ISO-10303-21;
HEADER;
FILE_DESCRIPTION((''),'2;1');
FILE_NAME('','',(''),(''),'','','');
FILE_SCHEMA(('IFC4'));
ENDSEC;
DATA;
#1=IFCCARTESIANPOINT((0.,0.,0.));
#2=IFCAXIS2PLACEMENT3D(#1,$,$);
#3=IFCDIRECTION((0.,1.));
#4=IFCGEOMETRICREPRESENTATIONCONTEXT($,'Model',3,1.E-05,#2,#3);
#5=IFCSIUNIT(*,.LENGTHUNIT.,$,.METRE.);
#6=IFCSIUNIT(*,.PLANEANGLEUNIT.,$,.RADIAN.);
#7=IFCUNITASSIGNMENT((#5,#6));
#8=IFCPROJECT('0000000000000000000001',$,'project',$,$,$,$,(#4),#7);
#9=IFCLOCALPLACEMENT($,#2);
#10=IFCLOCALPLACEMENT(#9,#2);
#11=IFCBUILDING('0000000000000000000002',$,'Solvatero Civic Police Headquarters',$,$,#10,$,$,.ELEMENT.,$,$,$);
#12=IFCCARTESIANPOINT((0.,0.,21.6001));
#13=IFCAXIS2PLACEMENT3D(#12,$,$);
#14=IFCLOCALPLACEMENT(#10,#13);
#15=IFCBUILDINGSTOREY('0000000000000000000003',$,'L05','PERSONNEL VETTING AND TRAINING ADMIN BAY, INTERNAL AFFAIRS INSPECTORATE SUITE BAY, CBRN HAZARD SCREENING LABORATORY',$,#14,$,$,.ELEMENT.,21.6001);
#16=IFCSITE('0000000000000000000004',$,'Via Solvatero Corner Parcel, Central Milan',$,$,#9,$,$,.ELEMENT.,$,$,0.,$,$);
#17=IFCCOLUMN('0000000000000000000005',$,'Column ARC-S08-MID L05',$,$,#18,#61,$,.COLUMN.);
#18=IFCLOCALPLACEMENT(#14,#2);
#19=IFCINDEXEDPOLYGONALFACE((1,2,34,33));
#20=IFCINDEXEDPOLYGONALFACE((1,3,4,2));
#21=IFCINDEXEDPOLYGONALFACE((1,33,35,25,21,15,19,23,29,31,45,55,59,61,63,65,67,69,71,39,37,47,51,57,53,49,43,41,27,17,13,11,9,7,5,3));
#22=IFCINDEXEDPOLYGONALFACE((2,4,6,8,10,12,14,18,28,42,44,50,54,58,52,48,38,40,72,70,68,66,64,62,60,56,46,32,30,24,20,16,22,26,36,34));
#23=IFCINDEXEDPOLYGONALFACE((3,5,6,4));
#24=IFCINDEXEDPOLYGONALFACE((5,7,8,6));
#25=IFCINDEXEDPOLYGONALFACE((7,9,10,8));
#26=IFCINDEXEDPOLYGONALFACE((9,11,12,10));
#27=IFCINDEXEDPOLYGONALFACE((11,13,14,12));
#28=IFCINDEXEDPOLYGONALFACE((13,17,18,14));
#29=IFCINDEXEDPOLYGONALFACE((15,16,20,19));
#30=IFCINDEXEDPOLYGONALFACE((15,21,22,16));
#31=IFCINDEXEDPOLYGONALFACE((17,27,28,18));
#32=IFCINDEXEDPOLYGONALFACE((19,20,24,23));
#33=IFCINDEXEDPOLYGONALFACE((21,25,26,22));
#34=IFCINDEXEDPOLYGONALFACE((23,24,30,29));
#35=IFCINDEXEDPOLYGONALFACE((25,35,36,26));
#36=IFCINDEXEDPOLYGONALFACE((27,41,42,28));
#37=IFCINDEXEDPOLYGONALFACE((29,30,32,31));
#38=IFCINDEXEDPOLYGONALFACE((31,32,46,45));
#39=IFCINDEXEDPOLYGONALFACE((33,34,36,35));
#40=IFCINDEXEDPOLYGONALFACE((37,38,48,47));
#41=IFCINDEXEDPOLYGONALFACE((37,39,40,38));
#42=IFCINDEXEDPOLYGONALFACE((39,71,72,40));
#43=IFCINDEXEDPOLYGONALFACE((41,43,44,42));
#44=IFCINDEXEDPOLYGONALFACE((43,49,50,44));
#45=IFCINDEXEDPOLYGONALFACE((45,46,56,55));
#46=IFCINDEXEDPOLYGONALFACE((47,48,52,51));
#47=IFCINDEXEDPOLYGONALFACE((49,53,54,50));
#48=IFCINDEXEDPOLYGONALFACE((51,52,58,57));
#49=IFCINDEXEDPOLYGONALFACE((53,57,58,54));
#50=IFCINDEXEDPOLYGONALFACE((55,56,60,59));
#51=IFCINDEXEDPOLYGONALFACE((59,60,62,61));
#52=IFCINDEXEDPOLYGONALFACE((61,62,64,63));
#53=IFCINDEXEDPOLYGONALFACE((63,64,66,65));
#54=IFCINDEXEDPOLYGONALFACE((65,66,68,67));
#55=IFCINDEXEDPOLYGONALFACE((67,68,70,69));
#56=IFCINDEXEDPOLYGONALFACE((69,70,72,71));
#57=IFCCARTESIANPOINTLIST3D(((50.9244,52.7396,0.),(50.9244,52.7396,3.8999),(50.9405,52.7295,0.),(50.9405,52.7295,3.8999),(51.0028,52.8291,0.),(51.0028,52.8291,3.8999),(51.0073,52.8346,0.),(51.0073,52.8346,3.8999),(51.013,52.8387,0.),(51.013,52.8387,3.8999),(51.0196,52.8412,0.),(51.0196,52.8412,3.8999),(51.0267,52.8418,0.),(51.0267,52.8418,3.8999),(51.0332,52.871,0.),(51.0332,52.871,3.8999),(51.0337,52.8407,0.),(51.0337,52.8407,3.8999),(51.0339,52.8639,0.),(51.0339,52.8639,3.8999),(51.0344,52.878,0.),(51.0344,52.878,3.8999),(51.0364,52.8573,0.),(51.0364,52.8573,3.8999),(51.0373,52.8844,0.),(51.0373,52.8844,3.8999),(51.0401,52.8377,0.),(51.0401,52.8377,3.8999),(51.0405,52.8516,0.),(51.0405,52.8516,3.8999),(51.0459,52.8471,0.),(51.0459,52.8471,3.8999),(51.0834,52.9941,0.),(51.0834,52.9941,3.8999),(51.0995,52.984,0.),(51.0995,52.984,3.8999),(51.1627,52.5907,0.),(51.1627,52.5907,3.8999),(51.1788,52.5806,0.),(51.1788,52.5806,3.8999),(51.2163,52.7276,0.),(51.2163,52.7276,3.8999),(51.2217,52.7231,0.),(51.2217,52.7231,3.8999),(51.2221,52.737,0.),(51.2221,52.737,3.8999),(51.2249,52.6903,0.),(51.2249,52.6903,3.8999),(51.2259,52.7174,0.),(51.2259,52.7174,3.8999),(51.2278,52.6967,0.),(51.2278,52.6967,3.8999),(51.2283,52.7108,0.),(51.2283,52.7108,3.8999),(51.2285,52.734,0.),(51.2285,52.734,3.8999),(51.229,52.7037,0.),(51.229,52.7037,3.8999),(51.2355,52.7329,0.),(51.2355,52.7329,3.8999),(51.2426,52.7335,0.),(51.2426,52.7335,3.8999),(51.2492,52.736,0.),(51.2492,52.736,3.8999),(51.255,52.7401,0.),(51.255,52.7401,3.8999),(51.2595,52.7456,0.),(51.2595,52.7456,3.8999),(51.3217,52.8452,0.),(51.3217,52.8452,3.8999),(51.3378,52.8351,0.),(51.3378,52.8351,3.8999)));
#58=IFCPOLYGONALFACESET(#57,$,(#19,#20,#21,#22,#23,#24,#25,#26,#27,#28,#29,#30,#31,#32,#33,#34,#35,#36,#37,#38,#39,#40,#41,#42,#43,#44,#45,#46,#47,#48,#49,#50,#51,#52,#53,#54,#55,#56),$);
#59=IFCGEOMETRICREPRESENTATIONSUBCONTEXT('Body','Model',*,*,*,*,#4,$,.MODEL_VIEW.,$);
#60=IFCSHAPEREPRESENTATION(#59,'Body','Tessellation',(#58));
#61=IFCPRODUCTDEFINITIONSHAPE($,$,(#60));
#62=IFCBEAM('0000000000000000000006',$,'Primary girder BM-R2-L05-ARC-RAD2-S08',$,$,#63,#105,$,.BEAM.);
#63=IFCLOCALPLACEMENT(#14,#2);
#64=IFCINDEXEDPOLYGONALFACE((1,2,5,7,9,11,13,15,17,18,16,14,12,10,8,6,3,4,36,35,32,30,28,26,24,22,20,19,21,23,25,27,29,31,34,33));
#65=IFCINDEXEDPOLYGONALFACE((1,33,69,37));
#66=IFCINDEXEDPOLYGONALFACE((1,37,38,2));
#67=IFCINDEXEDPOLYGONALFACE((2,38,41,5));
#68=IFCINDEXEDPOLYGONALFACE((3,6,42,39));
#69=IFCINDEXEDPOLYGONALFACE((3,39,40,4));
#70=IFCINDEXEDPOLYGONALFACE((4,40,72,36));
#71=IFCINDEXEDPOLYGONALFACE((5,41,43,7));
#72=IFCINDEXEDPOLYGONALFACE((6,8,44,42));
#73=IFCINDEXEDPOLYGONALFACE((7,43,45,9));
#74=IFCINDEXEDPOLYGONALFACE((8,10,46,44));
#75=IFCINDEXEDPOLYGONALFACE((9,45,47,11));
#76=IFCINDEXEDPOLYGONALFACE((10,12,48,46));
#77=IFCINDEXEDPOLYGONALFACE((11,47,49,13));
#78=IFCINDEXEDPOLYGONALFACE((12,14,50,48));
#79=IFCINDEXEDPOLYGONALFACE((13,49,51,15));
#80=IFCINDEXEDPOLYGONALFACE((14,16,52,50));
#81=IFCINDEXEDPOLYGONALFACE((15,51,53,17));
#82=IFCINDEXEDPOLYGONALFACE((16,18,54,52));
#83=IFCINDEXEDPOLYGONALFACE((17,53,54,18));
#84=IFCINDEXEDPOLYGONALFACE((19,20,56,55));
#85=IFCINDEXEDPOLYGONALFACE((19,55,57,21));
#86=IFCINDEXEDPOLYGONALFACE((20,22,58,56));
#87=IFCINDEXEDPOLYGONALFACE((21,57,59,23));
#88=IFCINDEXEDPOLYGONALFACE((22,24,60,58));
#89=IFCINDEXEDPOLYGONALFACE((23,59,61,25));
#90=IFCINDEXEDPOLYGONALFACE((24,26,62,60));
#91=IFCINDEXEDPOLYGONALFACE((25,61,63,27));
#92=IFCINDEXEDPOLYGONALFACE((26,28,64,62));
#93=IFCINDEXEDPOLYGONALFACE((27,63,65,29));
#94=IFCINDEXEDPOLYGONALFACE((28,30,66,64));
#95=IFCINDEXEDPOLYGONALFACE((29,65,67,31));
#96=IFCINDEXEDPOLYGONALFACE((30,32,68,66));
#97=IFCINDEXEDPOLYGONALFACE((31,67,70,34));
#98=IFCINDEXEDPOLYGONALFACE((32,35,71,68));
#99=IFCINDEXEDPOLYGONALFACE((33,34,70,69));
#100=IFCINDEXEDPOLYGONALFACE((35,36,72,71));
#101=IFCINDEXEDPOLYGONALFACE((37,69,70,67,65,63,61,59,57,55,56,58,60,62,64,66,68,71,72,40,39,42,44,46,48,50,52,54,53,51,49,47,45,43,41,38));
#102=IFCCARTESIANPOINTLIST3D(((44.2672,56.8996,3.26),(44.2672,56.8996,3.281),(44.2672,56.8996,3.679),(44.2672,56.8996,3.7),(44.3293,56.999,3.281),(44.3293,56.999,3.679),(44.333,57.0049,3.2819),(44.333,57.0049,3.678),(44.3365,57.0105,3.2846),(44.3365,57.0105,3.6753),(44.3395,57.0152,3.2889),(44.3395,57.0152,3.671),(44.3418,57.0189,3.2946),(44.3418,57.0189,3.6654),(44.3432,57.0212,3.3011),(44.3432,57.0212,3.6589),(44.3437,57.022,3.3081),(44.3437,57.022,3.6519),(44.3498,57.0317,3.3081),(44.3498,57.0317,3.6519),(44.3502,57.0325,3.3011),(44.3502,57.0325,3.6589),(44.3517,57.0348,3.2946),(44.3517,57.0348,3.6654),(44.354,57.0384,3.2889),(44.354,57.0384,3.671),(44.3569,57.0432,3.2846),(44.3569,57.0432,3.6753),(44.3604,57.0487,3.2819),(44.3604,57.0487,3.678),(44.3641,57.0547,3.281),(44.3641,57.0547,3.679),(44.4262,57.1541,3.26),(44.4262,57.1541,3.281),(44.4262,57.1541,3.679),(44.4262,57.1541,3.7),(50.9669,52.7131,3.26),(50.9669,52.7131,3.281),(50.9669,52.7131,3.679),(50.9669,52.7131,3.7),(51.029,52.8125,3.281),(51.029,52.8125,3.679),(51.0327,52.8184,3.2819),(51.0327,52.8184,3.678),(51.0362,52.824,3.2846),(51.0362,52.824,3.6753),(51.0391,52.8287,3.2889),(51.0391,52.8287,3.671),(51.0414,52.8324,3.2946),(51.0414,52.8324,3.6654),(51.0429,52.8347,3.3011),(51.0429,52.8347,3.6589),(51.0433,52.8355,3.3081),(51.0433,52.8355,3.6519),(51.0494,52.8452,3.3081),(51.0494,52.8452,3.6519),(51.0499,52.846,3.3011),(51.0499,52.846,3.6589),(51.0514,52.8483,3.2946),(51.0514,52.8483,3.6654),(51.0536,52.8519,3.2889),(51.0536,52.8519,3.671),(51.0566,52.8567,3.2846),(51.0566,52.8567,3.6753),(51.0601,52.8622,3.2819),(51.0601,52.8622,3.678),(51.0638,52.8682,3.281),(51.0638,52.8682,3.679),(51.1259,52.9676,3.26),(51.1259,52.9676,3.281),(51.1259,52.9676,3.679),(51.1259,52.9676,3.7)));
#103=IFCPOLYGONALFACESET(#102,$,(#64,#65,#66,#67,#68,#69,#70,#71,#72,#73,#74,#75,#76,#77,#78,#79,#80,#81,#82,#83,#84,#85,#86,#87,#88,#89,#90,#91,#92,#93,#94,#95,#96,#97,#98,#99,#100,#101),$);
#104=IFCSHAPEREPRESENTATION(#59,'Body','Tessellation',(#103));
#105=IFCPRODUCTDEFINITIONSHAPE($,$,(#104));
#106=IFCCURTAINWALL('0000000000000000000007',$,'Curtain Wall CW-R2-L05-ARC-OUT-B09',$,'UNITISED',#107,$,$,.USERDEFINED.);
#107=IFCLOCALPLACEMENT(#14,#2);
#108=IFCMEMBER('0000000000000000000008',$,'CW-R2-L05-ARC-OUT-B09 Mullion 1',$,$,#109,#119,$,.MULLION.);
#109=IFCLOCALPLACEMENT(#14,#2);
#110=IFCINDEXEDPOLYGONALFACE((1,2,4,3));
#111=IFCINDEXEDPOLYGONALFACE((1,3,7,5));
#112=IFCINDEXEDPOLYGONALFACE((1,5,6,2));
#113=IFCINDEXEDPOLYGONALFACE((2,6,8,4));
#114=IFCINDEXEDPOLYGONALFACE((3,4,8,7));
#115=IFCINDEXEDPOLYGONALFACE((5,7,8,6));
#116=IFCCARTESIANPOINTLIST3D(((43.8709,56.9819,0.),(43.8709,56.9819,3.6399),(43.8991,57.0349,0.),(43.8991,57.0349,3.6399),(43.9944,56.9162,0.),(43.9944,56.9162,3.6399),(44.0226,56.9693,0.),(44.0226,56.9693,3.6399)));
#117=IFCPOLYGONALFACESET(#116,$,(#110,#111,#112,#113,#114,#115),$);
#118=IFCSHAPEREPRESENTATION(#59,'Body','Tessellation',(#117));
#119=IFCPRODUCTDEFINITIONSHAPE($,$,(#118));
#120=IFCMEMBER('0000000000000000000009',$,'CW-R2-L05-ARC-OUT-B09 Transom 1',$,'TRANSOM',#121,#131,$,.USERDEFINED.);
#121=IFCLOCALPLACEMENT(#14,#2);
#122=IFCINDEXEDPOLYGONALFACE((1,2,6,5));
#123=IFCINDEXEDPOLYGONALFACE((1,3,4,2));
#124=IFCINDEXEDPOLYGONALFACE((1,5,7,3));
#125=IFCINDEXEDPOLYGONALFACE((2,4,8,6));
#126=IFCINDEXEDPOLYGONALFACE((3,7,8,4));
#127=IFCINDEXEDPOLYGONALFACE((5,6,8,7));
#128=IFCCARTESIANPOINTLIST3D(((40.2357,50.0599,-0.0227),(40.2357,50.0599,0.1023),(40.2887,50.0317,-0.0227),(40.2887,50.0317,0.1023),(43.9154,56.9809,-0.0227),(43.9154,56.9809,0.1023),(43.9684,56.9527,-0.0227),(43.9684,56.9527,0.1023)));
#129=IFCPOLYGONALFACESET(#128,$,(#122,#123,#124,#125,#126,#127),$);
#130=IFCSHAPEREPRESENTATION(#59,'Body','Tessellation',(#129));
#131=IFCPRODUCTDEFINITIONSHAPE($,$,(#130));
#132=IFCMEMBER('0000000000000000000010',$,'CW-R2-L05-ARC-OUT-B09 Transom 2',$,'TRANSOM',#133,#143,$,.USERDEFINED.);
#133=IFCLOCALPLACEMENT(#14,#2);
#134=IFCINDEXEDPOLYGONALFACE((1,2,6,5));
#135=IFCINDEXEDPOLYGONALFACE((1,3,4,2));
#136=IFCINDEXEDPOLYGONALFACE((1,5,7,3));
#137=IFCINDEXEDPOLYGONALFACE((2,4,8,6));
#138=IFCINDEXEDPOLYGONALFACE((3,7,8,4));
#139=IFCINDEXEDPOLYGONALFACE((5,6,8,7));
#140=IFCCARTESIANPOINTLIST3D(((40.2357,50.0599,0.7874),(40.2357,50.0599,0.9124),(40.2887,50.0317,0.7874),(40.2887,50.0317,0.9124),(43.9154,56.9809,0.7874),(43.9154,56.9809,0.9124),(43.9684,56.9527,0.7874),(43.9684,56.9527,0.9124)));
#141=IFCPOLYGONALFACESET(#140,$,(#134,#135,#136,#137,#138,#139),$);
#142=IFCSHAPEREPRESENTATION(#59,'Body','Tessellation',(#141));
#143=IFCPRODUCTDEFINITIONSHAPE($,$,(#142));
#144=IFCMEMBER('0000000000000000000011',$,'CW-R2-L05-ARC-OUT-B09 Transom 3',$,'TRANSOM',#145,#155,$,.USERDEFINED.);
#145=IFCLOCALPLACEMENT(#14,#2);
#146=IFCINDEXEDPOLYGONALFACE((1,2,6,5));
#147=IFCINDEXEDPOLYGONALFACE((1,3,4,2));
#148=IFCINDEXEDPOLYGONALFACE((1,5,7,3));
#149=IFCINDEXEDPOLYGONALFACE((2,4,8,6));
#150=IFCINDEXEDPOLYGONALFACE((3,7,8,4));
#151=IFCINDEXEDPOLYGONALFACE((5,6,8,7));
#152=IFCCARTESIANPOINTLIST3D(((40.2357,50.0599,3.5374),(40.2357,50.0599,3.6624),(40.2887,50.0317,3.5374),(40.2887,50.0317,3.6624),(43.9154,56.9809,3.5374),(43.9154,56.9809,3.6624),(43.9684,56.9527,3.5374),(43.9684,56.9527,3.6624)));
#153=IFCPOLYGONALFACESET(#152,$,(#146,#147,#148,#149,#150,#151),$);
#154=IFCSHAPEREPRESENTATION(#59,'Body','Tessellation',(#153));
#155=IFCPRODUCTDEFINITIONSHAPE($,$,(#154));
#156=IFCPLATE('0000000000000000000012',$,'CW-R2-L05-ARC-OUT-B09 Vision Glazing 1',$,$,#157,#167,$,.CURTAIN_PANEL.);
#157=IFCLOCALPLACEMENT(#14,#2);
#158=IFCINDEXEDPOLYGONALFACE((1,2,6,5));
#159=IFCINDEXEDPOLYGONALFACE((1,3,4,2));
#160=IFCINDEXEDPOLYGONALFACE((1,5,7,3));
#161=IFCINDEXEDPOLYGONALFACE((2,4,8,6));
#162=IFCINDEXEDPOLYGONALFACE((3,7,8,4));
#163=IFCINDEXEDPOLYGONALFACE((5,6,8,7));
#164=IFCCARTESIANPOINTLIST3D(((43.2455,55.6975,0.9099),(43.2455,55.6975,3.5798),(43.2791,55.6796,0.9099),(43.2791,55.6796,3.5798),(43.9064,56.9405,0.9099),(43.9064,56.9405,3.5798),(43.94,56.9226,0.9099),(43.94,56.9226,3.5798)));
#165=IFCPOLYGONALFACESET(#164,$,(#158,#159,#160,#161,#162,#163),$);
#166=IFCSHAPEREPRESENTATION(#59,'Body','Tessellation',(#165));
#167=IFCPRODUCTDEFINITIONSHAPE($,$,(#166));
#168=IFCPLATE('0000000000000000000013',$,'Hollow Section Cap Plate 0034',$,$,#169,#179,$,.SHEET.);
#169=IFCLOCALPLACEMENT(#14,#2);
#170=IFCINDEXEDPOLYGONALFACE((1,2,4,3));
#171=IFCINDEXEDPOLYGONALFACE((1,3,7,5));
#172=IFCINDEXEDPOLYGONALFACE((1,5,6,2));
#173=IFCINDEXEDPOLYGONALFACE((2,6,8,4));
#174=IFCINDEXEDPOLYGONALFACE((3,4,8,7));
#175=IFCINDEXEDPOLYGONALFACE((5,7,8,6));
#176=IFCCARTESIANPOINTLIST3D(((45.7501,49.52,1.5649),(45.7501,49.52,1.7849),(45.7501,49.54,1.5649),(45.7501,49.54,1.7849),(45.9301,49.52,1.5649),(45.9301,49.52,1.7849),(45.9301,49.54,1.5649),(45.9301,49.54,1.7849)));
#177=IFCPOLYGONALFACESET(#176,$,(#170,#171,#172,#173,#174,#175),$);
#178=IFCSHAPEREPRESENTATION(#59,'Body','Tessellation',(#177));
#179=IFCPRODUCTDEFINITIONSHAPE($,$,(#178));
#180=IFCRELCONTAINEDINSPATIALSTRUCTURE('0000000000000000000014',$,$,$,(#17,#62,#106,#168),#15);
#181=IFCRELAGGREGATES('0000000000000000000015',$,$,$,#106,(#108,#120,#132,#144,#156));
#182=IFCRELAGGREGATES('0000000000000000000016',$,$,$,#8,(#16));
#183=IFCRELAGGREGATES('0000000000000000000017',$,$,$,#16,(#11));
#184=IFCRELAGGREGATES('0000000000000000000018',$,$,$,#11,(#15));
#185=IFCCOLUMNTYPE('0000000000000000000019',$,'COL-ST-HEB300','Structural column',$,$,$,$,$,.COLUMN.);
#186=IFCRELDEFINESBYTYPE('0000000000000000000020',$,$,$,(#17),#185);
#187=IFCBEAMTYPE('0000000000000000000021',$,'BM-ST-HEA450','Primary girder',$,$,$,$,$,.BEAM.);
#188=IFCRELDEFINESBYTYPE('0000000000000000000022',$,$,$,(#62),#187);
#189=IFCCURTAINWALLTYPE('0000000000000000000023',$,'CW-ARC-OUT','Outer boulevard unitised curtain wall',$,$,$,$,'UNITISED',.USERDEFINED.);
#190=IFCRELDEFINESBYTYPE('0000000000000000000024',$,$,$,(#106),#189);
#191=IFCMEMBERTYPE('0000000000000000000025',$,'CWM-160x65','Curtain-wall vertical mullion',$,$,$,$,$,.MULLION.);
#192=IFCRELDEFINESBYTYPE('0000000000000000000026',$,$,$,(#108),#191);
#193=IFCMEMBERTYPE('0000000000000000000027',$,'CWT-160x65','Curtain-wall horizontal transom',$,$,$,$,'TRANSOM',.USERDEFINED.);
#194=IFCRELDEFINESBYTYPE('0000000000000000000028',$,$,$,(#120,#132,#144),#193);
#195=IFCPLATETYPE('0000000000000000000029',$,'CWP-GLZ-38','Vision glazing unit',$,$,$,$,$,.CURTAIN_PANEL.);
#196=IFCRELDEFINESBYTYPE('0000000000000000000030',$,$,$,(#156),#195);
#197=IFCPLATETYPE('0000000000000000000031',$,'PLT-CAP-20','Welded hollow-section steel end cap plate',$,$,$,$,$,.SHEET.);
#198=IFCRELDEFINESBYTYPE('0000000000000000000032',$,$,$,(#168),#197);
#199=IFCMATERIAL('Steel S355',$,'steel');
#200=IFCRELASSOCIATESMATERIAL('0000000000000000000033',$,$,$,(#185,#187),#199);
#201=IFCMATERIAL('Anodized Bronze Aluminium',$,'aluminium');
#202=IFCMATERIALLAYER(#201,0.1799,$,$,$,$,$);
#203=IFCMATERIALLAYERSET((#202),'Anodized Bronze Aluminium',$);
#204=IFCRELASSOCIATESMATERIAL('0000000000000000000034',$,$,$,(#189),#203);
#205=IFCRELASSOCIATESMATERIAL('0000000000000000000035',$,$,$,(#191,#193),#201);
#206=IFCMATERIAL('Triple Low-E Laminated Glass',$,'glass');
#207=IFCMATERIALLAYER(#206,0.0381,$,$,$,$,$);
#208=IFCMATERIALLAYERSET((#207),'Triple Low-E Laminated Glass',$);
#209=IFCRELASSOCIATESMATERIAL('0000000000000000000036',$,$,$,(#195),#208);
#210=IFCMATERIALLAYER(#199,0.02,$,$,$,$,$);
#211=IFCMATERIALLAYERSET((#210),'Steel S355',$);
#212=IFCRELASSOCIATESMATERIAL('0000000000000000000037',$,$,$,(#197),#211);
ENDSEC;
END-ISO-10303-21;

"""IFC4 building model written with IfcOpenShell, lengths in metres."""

from ifc_helpers import new_model, si_unit, direction, frame, origin, origin_2d, place, context, subcontext, project, spatial, rectangle, i_section, extrude, material, layer, layer_set, material_profile, profile_set, type_object, element, aggregate, save


model = new_model("IFC4")

# Units and contexts
model_context = context("Model", 3, precision=1e-05, world=origin(), true_north=direction((0.0, 1.0)))
body_context = subcontext(model_context, "Body", "Model", "MODEL_VIEW")
ifc_project = project(units=[si_unit("LENGTHUNIT", "METRE"), si_unit("PLANEANGLEUNIT", "RADIAN")], contexts=[model_context])

# Site, building, storey
site_placement = place(None, origin())
site = spatial("IfcSite", under=ifc_project, at=site_placement, Name="Via Solvatero Corner Parcel, Central Milan", CompositionType="ELEMENT", RefElevation=0.0)
building_placement = place(site_placement, origin())
building = spatial("IfcBuilding", under=site, at=building_placement, Name="Solvatero Civic Police Headquarters", CompositionType="ELEMENT")
storey_placement = place(building_placement, frame((0.0, 0.0, 21.6001)))
storey = spatial("IfcBuildingStorey", under=building, at=storey_placement, Name="L05", Description="PERSONNEL VETTING AND TRAINING ADMIN BAY, INTERNAL AFFAIRS INSPECTORATE SUITE BAY, CBRN HAZARD SCREENING LABORATORY", CompositionType="ELEMENT", Elevation=21.6001)

# Column
ifc_material_1 = material(Name="Steel S355", Category="steel")
ifc_material_profile_1 = material_profile(ifc_material_1, i_section(OverallWidth=0.3, OverallDepth=0.3, WebThickness=0.011, FlangeThickness=0.019, FilletRadius=0.0271, at=origin_2d()), Name="HEB 300")
ifc_profile_set_1 = profile_set([ifc_material_profile_1], Name="Steel S355")
column_type = type_object("IfcColumnType", Name="COL-ST-HEB300", Description="Structural column", PredefinedType="COLUMN", material=ifc_profile_set_1)
column_placement = place(storey_placement, frame((51.1311, 52.7874, 0.0), z_axis=(0.0, 0.0, 1.0), x_axis=(0.529919, 0.848048, 0.0)))
element("IfcColumn", 1, at=column_placement, inside=storey, type_object=column_type, Name="Column ARC-S08-MID L05", PredefinedType="COLUMN", context=body_context, shape_type="SweptSolid", body=[
    extrude(i_section(OverallWidth=0.3, OverallDepth=0.3, WebThickness=0.011, FlangeThickness=0.019, FilletRadius=0.0271, at=origin_2d()), origin(), (0.0, 0.0, 1.0), 3.8999),
])

# Beam
ifc_material_profile_2 = material_profile(ifc_material_1, i_section(OverallWidth=0.3, OverallDepth=0.4399, WebThickness=0.0115, FlangeThickness=0.021, FilletRadius=0.0271, at=origin_2d()), Name="HEA 450")
ifc_profile_set_2 = profile_set([ifc_material_profile_2], Name="Steel S355")
beam_type = type_object("IfcBeamType", Name="BM-ST-HEA450", Description="Primary girder", PredefinedType="BEAM", material=ifc_profile_set_2)
beam_placement = place(storey_placement, frame((51.0464, 52.8403, 3.48), z_axis=(-0.848043, 0.529927, 0.0), x_axis=(-0.529927, -0.848043, 0.0)))
element("IfcBeam", 2, at=beam_placement, inside=storey, type_object=beam_type, Name="Primary girder BM-R2-L05-ARC-RAD2-S08", PredefinedType="BEAM", context=body_context, shape_type="SweptSolid", body=[
    extrude(i_section(OverallWidth=0.3, OverallDepth=0.4399, WebThickness=0.0115, FlangeThickness=0.021, FilletRadius=0.0271, at=origin_2d()), origin(), (0.0, 0.0, 1.0), 7.9001),
])

# Curtain wall, members, plate
ifc_material_2 = material(Name="Anodized Bronze Aluminium", Category="aluminium")
ifc_layer_1 = layer(ifc_material_2, 0.1799)
ifc_layer_set_1 = layer_set([ifc_layer_1], Name="Anodized Bronze Aluminium")
curtain_wall_type = type_object("IfcCurtainWallType", Name="CW-ARC-OUT", Description="Outer boulevard unitised curtain wall", ElementType="UNITISED", PredefinedType="USERDEFINED", material=ifc_layer_set_1)
curtain_wall_placement = place(storey_placement, origin())
curtain_wall = element("IfcCurtainWall", 3, at=curtain_wall_placement, inside=storey, type_object=curtain_wall_type, Name="Curtain Wall CW-R2-L05-ARC-OUT-B09", ObjectType="UNITISED", PredefinedType="USERDEFINED")
ifc_material_profile_3 = material_profile(ifc_material_2, rectangle(XDim=0.0601, YDim=0.1399, at=origin_2d()), Name="ALU MULLION 60x140")
ifc_profile_set_3 = profile_set([ifc_material_profile_3], Name="Anodized Bronze Aluminium")
member_type_1 = type_object("IfcMemberType", Name="CWM-160x65", Description="Curtain-wall vertical mullion", PredefinedType="MULLION", material=ifc_profile_set_3)
member_1_placement = place(storey_placement, frame((43.9468, 56.9756, 0.0), z_axis=(0.0, 0.0, 1.0), x_axis=(-0.469472, -0.882948, 0.0)))
member_1 = element("IfcMember", 4, at=member_1_placement, type_object=member_type_1, Name="CW-R2-L05-ARC-OUT-B09 Mullion 1", PredefinedType="MULLION", context=body_context, shape_type="SweptSolid", body=[
    extrude(rectangle(XDim=0.0601, YDim=0.1399, at=origin_2d()), origin(), (0.0, 0.0, 1.0), 3.6399),
])
ifc_material_profile_4 = material_profile(ifc_material_2, rectangle(XDim=0.0601, YDim=0.125, at=origin_2d()), Name="ALU TRANSOM 60x125")
ifc_profile_set_4 = profile_set([ifc_material_profile_4], Name="Anodized Bronze Aluminium")
member_type_2 = type_object("IfcMemberType", Name="CWT-160x65", Description="Curtain-wall horizontal transom", ElementType="TRANSOM", PredefinedType="USERDEFINED", material=ifc_profile_set_4)
member_2_placement = place(storey_placement, frame((43.9419, 56.9668, 0.0398), z_axis=(-0.46945, -0.882959, 0.0), x_axis=(0.882959, -0.46945, 0.0)))
member_2 = element("IfcMember", 5, at=member_2_placement, type_object=member_type_2, Name="CW-R2-L05-ARC-OUT-B09 Transom 1", ObjectType="TRANSOM", PredefinedType="USERDEFINED", context=body_context, shape_type="SweptSolid", body=[
    extrude(rectangle(XDim=0.0601, YDim=0.125, at=origin_2d()), origin(), (0.0, 0.0, 1.0), 7.8384),
])
member_3_placement = place(storey_placement, frame((43.9419, 56.9668, 0.8499), z_axis=(-0.46945, -0.882959, 0.0), x_axis=(0.882959, -0.46945, 0.0)))
member_3 = element("IfcMember", 6, at=member_3_placement, type_object=member_type_2, Name="CW-R2-L05-ARC-OUT-B09 Transom 2", ObjectType="TRANSOM", PredefinedType="USERDEFINED", context=body_context, shape_type="SweptSolid", body=[
    extrude(rectangle(XDim=0.0601, YDim=0.125, at=origin_2d()), origin(), (0.0, 0.0, 1.0), 7.8384),
])
member_4_placement = place(storey_placement, frame((43.9419, 56.9668, 3.5999), z_axis=(-0.46945, -0.882959, 0.0), x_axis=(0.882959, -0.46945, 0.0)))
member_4 = element("IfcMember", 7, at=member_4_placement, type_object=member_type_2, Name="CW-R2-L05-ARC-OUT-B09 Transom 3", ObjectType="TRANSOM", PredefinedType="USERDEFINED", context=body_context, shape_type="SweptSolid", body=[
    extrude(rectangle(XDim=0.0601, YDim=0.125, at=origin_2d()), origin(), (0.0, 0.0, 1.0), 7.8384),
])
ifc_material_3 = material(Name="Triple Low-E Laminated Glass", Category="glass")
ifc_layer_2 = layer(ifc_material_3, 0.0381)
ifc_layer_set_2 = layer_set([ifc_layer_2], Name="Triple Low-E Laminated Glass")
plate_type_1 = type_object("IfcPlateType", Name="CWP-GLZ-38", Description="Vision glazing unit", PredefinedType="CURTAIN_PANEL", material=ifc_layer_set_2)
plate_1_placement = place(storey_placement, frame((43.5928, 56.3101, 0.9099), z_axis=(0.0, 0.0, 1.0), x_axis=(-0.469472, -0.882948, 0.0)))
plate_1 = element("IfcPlate", 8, at=plate_1_placement, type_object=plate_type_1, Name="CW-R2-L05-ARC-OUT-B09 Vision Glazing 1", PredefinedType="CURTAIN_PANEL", context=body_context, shape_type="SweptSolid", body=[
    extrude(rectangle(XDim=1.4077, YDim=0.0381, at=origin_2d()), origin(), (0.0, 0.0, 1.0), 2.6699),
])
aggregate(curtain_wall, [member_1, member_2, member_3, member_4, plate_1])

# Plate
ifc_layer_3 = layer(ifc_material_1, 0.02)
ifc_layer_set_3 = layer_set([ifc_layer_3], Name="Steel S355")
plate_type_2 = type_object("IfcPlateType", Name="PLT-CAP-20", Description="Welded hollow-section steel end cap plate", PredefinedType="SHEET", material=ifc_layer_set_3)
plate_2_placement = place(storey_placement, frame((45.8401, 49.53, 1.5649), z_axis=(0.0, 0.0, 1.0), x_axis=(1.0, 0.0, 0.0)))
element("IfcPlate", 9, at=plate_2_placement, inside=storey, type_object=plate_type_2, Name="Hollow Section Cap Plate 0034", PredefinedType="SHEET", context=body_context, shape_type="SweptSolid", body=[
    extrude(rectangle(XDim=0.1799, YDim=0.02, at=origin_2d()), origin(), (0.0, 0.0, 1.0), 0.22),
])

save(model, "model.ifc")
